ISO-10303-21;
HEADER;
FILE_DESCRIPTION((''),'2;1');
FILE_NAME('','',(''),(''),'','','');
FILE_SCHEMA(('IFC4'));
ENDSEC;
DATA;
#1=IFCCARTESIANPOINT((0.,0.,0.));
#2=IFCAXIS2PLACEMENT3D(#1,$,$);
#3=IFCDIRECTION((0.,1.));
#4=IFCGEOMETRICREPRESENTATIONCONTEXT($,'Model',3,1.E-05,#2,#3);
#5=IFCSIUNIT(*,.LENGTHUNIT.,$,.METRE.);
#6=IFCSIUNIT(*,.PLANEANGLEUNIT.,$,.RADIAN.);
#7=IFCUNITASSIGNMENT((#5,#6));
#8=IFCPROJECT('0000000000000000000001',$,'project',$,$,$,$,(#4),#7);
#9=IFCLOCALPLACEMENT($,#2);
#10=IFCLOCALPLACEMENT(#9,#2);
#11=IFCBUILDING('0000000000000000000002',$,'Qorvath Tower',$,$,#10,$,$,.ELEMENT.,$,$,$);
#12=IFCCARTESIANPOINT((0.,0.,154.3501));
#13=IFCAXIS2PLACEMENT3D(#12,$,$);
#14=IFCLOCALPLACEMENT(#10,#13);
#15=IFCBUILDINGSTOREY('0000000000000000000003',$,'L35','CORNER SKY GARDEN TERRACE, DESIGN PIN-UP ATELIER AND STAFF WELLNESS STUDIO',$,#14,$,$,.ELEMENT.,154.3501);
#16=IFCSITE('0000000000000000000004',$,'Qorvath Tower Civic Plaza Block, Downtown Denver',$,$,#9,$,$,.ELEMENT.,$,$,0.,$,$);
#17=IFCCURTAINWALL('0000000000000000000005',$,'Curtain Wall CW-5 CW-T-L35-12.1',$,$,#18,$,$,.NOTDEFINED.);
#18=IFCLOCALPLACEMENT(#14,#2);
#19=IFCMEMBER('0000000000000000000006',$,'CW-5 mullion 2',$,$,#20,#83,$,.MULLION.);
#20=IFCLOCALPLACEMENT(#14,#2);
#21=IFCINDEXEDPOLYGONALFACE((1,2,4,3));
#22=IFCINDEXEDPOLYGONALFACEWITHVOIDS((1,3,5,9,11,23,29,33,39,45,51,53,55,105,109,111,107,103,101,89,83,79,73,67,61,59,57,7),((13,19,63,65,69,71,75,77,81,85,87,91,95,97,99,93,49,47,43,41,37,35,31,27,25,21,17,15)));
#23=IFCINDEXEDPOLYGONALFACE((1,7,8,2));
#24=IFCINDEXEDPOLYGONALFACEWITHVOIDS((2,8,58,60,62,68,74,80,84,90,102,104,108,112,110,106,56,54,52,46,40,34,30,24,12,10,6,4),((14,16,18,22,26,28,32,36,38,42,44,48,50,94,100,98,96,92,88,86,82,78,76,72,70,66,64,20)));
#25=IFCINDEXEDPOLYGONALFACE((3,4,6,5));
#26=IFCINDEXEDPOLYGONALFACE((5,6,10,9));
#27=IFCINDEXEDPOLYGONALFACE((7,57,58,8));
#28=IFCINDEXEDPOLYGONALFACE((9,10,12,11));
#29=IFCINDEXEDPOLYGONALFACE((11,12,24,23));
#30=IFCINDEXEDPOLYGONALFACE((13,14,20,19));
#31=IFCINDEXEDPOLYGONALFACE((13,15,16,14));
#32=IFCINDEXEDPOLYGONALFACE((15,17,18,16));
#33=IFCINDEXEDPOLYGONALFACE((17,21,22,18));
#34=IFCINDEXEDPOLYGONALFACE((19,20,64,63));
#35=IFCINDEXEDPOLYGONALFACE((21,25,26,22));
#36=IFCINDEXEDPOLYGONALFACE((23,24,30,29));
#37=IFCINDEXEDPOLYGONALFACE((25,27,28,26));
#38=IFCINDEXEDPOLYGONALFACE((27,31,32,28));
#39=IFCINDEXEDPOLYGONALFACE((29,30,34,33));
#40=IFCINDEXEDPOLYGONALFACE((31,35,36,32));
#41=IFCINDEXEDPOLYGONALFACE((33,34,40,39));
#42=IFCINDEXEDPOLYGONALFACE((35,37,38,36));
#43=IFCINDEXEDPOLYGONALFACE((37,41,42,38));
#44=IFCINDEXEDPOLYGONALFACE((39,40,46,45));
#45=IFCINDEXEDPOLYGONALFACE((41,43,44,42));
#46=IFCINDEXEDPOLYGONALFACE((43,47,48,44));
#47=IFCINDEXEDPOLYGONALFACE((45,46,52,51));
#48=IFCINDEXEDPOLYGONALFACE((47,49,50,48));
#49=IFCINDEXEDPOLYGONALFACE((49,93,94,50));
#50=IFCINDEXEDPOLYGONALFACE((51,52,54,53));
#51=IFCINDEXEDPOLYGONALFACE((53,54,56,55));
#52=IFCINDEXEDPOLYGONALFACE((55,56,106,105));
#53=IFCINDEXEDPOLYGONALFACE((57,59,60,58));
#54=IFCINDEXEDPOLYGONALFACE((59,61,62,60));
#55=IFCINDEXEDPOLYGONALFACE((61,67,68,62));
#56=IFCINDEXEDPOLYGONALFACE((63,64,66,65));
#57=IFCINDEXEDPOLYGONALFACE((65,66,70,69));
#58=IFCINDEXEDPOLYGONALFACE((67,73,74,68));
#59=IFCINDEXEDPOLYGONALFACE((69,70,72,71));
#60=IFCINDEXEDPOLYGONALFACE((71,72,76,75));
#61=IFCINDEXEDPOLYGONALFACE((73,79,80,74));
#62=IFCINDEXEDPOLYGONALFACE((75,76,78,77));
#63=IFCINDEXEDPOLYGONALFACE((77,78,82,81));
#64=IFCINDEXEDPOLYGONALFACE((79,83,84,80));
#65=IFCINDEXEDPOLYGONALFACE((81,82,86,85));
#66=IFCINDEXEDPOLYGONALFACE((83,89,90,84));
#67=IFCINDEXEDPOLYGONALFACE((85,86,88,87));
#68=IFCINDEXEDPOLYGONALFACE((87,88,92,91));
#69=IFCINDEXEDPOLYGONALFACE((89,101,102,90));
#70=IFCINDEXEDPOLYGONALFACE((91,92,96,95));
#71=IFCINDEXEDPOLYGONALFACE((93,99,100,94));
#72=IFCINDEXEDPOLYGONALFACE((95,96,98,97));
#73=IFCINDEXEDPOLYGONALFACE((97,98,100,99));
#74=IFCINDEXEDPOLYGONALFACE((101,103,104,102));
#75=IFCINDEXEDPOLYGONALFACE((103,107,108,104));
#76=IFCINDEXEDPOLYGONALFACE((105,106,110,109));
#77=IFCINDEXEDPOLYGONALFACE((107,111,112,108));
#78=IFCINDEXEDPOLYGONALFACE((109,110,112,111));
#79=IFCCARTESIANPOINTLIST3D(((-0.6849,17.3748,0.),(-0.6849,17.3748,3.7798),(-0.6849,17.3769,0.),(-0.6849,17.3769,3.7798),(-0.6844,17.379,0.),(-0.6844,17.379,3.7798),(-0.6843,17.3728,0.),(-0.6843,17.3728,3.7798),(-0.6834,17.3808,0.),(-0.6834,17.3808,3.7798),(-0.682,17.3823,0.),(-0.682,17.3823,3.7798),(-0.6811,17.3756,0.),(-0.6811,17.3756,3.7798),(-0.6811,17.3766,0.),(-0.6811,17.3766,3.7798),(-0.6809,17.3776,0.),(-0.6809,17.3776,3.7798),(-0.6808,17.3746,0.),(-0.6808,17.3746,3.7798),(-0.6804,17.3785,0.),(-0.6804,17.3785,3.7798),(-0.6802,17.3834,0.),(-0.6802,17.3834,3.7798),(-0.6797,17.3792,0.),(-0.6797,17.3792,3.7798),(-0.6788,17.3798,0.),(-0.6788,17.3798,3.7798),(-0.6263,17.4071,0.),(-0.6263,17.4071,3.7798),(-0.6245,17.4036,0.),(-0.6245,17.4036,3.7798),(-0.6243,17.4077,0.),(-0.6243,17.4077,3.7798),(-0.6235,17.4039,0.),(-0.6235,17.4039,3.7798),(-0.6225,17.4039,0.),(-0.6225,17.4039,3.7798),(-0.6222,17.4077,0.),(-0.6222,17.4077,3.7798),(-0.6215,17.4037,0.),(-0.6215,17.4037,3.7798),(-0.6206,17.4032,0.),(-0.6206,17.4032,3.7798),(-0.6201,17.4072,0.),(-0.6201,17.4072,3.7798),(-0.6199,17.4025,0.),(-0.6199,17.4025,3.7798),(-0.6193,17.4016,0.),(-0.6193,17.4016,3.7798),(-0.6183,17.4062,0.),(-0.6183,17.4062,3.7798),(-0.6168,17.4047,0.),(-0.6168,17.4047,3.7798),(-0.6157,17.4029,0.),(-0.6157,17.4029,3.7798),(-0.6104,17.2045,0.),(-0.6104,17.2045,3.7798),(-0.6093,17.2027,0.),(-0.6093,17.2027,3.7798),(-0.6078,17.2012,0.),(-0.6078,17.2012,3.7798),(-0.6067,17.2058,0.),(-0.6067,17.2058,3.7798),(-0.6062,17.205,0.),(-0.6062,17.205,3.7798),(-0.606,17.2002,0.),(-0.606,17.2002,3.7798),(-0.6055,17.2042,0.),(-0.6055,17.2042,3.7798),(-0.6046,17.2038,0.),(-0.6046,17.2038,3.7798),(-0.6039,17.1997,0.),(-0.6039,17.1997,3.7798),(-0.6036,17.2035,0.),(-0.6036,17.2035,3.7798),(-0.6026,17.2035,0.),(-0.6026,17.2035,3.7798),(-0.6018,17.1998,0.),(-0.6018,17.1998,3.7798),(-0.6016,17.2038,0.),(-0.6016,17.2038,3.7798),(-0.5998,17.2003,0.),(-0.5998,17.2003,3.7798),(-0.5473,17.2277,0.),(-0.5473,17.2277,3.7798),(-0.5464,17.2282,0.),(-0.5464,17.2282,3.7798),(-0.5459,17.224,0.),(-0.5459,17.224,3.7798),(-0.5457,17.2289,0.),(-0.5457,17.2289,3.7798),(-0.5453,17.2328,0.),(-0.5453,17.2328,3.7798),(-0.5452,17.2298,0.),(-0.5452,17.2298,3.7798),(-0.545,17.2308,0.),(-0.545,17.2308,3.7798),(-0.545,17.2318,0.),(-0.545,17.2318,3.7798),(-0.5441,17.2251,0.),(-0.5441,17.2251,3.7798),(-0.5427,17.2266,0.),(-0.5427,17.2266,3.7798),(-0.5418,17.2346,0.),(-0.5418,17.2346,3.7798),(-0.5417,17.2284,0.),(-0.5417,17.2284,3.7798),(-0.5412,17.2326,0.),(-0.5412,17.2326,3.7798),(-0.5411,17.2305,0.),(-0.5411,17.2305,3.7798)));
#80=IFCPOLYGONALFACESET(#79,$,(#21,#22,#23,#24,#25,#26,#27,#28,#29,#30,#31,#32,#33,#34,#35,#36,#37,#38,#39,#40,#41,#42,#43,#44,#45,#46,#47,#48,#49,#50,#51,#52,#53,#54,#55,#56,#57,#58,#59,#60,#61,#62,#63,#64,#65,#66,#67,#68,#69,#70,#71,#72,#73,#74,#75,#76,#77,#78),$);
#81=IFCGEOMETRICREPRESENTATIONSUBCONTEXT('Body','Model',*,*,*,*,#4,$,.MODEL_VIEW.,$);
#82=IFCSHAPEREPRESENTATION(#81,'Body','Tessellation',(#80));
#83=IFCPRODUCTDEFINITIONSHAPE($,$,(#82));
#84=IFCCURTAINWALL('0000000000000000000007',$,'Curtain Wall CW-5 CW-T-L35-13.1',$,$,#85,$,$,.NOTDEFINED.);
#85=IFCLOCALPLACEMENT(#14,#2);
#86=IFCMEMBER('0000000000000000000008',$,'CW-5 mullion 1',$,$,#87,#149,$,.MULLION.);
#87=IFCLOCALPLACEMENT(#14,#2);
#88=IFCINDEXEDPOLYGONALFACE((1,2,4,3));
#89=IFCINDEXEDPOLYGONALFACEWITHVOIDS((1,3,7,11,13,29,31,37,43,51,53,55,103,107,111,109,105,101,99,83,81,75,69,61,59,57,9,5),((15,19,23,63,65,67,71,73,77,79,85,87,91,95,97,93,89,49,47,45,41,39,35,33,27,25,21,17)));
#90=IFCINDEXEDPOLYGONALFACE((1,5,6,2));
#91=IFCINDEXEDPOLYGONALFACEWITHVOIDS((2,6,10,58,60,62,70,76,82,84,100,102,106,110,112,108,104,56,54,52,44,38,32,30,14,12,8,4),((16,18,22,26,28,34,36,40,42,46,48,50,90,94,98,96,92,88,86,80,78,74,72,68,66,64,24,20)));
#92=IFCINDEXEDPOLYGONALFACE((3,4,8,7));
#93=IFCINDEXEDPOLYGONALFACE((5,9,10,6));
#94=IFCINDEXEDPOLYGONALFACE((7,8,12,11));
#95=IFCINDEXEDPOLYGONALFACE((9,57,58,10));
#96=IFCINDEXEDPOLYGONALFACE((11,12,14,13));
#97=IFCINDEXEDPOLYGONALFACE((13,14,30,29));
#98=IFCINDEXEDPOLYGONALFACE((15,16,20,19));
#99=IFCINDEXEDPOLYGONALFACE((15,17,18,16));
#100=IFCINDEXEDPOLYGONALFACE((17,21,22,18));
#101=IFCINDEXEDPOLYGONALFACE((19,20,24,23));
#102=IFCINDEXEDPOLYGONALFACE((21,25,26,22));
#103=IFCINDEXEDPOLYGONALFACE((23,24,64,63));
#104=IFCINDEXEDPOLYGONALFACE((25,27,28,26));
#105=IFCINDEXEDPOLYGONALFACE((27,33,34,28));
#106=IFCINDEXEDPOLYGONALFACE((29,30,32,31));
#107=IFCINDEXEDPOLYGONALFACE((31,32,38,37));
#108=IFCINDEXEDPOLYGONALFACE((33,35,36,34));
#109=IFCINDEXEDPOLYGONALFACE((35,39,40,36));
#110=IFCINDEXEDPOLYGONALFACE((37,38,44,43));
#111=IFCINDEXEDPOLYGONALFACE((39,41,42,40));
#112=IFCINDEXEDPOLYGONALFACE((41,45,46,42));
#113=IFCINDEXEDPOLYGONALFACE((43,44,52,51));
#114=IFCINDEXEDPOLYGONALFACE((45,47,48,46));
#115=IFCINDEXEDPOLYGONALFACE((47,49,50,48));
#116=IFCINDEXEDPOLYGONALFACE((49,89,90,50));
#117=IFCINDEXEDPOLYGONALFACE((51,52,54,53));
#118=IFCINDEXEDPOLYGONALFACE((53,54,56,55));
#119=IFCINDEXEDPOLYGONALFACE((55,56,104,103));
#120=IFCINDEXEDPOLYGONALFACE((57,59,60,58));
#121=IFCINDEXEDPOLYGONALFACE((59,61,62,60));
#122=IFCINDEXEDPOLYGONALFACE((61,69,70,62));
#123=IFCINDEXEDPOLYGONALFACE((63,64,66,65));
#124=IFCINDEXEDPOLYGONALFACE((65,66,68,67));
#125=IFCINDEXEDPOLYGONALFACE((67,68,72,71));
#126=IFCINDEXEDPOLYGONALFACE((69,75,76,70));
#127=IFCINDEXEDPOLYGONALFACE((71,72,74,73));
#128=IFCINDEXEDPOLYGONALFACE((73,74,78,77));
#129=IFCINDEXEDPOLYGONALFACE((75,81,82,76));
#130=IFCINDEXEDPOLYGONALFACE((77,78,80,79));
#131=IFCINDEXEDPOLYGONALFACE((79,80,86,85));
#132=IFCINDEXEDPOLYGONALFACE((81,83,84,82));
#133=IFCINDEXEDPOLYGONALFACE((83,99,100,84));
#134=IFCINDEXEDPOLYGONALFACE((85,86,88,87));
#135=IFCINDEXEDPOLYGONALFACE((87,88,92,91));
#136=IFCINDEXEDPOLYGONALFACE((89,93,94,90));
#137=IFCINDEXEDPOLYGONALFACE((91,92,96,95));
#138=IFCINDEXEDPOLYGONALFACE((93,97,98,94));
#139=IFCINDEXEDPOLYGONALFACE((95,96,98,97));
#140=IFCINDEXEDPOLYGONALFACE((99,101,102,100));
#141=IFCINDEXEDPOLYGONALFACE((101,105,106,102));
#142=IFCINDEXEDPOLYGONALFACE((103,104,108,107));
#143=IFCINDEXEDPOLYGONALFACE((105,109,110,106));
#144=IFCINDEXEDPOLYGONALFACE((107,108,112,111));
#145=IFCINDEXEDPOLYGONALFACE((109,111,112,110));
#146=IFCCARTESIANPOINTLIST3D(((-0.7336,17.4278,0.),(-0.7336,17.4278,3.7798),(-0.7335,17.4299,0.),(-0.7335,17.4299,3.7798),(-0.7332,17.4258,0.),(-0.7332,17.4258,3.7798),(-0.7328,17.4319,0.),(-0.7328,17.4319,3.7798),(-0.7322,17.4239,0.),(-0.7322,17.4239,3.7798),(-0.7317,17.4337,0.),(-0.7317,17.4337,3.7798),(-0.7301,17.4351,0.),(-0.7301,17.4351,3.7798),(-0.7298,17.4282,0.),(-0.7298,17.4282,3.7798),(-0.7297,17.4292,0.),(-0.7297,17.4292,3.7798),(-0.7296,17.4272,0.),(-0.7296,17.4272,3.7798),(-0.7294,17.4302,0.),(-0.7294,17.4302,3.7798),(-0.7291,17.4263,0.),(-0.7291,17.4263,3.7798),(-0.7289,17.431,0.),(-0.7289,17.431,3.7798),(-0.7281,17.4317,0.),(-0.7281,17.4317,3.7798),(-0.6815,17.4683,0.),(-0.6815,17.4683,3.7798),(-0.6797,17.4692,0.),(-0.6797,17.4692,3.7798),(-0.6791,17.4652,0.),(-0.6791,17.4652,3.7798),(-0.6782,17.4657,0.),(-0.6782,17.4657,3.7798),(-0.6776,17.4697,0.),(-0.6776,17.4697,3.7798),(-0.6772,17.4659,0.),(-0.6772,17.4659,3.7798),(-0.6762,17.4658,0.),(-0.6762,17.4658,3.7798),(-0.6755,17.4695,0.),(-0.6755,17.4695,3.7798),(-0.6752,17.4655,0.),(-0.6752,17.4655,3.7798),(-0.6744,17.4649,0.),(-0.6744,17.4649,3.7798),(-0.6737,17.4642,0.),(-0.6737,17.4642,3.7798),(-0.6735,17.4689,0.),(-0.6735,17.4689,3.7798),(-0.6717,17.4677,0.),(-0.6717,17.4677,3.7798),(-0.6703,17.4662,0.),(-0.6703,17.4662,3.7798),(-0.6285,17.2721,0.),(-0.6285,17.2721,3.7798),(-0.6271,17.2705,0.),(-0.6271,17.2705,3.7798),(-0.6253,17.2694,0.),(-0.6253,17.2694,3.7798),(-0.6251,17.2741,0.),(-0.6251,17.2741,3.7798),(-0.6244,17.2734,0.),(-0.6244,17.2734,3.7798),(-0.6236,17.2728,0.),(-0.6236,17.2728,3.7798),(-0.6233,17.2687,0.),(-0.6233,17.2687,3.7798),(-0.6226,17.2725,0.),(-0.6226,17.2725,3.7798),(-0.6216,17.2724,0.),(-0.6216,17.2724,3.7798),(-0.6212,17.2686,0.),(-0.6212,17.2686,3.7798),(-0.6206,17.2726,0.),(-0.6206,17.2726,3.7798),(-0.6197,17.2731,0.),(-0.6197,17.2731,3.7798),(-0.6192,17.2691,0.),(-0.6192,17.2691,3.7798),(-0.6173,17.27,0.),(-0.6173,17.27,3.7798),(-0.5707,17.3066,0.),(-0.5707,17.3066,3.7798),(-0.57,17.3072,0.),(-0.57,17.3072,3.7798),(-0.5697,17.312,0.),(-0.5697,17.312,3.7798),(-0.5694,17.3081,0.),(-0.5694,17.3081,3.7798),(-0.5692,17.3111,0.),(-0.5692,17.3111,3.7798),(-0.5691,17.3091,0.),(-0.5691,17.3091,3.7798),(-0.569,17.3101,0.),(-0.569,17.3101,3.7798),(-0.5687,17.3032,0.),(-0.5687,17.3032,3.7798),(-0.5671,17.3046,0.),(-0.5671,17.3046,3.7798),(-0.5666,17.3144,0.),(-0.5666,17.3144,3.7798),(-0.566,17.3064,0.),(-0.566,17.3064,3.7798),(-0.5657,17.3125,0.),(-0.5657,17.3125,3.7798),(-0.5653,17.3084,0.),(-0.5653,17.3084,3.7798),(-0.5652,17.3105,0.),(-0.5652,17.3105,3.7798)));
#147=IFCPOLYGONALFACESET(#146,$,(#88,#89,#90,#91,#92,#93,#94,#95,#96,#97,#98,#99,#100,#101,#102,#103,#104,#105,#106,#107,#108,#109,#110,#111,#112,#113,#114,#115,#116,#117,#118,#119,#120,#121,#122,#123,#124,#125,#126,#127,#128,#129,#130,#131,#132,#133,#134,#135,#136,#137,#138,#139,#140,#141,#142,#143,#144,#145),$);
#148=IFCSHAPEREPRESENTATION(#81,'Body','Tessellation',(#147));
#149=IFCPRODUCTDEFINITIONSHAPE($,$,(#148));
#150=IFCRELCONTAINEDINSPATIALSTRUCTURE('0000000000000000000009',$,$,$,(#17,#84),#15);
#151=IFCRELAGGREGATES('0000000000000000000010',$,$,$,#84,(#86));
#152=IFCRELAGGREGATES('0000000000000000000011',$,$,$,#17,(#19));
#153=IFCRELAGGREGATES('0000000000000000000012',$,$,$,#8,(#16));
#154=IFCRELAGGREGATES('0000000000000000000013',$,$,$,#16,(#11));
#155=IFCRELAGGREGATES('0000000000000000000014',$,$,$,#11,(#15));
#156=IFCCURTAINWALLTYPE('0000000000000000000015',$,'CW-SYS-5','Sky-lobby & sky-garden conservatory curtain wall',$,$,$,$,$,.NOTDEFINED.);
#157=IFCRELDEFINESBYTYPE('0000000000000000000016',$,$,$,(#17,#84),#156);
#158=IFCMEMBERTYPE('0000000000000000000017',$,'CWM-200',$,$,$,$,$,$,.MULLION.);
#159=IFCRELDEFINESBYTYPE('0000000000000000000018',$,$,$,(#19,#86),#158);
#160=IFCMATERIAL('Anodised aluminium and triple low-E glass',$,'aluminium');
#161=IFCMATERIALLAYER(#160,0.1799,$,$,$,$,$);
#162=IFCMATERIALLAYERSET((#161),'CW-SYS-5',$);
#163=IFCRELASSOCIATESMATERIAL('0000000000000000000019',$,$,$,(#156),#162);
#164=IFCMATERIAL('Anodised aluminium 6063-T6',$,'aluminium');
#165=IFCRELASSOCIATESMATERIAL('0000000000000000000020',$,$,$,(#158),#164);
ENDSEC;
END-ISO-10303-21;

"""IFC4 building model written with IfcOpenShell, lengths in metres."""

from ifc_helpers import new_model, si_unit, direction, frame, origin, origin_2d, place, context, subcontext, project, spatial, hollow_rectangle, extrude, material, layer, layer_set, material_profile, profile_set, type_object, element, aggregate, save


model = new_model("IFC4")

# Units and contexts
model_context = context("Model", 3, precision=1e-05, world=origin(), true_north=direction((0.0, 1.0)))
body_context = subcontext(model_context, "Body", "Model", "MODEL_VIEW")
ifc_project = project(units=[si_unit("LENGTHUNIT", "METRE"), si_unit("PLANEANGLEUNIT", "RADIAN")], contexts=[model_context])

# Site, building, storey
site_placement = place(None, origin())
site = spatial("IfcSite", under=ifc_project, at=site_placement, Name="Qorvath Tower Civic Plaza Block, Downtown Denver", CompositionType="ELEMENT", RefElevation=0.0)
building_placement = place(site_placement, origin())
building = spatial("IfcBuilding", under=site, at=building_placement, Name="Qorvath Tower", CompositionType="ELEMENT")
storey_placement = place(building_placement, frame((0.0, 0.0, 154.3501)))
storey = spatial("IfcBuildingStorey", under=building, at=storey_placement, Name="L35", Description="CORNER SKY GARDEN TERRACE, DESIGN PIN-UP ATELIER AND STAFF WELLNESS STUDIO", CompositionType="ELEMENT", Elevation=154.3501)

# Shared definitions
ifc_material_1 = material(Name="Anodised aluminium and triple low-E glass", Category="aluminium")
ifc_layer_1 = layer(ifc_material_1, 0.1799)
ifc_layer_set_1 = layer_set([ifc_layer_1], Name="CW-SYS-5")
curtain_wall_type = type_object("IfcCurtainWallType", Name="CW-SYS-5", Description="Sky-lobby & sky-garden conservatory curtain wall", PredefinedType="NOTDEFINED", material=ifc_layer_set_1)
ifc_material_2 = material(Name="Anodised aluminium 6063-T6", Category="aluminium")
ifc_material_profile_1 = material_profile(ifc_material_2, hollow_rectangle(XDim=0.075, YDim=0.2, WallThickness=0.0039, InnerFilletRadius=0.0039, OuterFilletRadius=0.0081, at=origin_2d()), Name="CWM 200x75")
ifc_profile_set_1 = profile_set([ifc_material_profile_1], Name="Anodised aluminium 6063-T6")
member_type_1 = type_object("IfcMemberType", Name="CWM-200", PredefinedType="MULLION", material=ifc_profile_set_1)

# Curtain wall, member
curtain_wall_1_placement = place(storey_placement, origin())
curtain_wall_1 = element("IfcCurtainWall", 1, at=curtain_wall_1_placement, inside=storey, type_object=curtain_wall_type, Name="Curtain Wall CW-5 CW-T-L35-12.1", PredefinedType="NOTDEFINED")
member_1_placement = place(storey_placement, frame((-0.613, 17.3037, 0.0), z_axis=(0.0, 0.0, 1.0), x_axis=(-0.915683, -0.401902, 0.0)))
member_1 = element("IfcMember", 2, at=member_1_placement, type_object=member_type_1, Name="CW-5 mullion 2", PredefinedType="MULLION", context=body_context, shape_type="SweptSolid", body=[
    extrude(hollow_rectangle(XDim=0.075, YDim=0.2, WallThickness=0.0039, InnerFilletRadius=0.0039, OuterFilletRadius=0.0081, at=origin_2d()), origin(), (0.0, 0.0, 1.0), 3.7798),
])

# Curtain wall, member
curtain_wall_2_placement = place(storey_placement, origin())
curtain_wall_2 = element("IfcCurtainWall", 3, at=curtain_wall_2_placement, inside=storey, type_object=curtain_wall_type, Name="Curtain Wall CW-5 CW-T-L35-13.1", PredefinedType="NOTDEFINED")
member_2_placement = place(storey_placement, frame((-0.6494, 17.3691, 0.0), z_axis=(0.0, 0.0, 1.0), x_axis=(-0.825581, -0.564284, 0.0)))
member_2 = element("IfcMember", 4, at=member_2_placement, type_object=member_type_1, Name="CW-5 mullion 1", PredefinedType="MULLION", context=body_context, shape_type="SweptSolid", body=[
    extrude(hollow_rectangle(XDim=0.075, YDim=0.2, WallThickness=0.0039, InnerFilletRadius=0.0039, OuterFilletRadius=0.0081, at=origin_2d()), origin(), (0.0, 0.0, 1.0), 3.7798),
])

aggregate(curtain_wall_2, [member_2])

aggregate(curtain_wall_1, [member_1])

save(model, "model.ifc")
